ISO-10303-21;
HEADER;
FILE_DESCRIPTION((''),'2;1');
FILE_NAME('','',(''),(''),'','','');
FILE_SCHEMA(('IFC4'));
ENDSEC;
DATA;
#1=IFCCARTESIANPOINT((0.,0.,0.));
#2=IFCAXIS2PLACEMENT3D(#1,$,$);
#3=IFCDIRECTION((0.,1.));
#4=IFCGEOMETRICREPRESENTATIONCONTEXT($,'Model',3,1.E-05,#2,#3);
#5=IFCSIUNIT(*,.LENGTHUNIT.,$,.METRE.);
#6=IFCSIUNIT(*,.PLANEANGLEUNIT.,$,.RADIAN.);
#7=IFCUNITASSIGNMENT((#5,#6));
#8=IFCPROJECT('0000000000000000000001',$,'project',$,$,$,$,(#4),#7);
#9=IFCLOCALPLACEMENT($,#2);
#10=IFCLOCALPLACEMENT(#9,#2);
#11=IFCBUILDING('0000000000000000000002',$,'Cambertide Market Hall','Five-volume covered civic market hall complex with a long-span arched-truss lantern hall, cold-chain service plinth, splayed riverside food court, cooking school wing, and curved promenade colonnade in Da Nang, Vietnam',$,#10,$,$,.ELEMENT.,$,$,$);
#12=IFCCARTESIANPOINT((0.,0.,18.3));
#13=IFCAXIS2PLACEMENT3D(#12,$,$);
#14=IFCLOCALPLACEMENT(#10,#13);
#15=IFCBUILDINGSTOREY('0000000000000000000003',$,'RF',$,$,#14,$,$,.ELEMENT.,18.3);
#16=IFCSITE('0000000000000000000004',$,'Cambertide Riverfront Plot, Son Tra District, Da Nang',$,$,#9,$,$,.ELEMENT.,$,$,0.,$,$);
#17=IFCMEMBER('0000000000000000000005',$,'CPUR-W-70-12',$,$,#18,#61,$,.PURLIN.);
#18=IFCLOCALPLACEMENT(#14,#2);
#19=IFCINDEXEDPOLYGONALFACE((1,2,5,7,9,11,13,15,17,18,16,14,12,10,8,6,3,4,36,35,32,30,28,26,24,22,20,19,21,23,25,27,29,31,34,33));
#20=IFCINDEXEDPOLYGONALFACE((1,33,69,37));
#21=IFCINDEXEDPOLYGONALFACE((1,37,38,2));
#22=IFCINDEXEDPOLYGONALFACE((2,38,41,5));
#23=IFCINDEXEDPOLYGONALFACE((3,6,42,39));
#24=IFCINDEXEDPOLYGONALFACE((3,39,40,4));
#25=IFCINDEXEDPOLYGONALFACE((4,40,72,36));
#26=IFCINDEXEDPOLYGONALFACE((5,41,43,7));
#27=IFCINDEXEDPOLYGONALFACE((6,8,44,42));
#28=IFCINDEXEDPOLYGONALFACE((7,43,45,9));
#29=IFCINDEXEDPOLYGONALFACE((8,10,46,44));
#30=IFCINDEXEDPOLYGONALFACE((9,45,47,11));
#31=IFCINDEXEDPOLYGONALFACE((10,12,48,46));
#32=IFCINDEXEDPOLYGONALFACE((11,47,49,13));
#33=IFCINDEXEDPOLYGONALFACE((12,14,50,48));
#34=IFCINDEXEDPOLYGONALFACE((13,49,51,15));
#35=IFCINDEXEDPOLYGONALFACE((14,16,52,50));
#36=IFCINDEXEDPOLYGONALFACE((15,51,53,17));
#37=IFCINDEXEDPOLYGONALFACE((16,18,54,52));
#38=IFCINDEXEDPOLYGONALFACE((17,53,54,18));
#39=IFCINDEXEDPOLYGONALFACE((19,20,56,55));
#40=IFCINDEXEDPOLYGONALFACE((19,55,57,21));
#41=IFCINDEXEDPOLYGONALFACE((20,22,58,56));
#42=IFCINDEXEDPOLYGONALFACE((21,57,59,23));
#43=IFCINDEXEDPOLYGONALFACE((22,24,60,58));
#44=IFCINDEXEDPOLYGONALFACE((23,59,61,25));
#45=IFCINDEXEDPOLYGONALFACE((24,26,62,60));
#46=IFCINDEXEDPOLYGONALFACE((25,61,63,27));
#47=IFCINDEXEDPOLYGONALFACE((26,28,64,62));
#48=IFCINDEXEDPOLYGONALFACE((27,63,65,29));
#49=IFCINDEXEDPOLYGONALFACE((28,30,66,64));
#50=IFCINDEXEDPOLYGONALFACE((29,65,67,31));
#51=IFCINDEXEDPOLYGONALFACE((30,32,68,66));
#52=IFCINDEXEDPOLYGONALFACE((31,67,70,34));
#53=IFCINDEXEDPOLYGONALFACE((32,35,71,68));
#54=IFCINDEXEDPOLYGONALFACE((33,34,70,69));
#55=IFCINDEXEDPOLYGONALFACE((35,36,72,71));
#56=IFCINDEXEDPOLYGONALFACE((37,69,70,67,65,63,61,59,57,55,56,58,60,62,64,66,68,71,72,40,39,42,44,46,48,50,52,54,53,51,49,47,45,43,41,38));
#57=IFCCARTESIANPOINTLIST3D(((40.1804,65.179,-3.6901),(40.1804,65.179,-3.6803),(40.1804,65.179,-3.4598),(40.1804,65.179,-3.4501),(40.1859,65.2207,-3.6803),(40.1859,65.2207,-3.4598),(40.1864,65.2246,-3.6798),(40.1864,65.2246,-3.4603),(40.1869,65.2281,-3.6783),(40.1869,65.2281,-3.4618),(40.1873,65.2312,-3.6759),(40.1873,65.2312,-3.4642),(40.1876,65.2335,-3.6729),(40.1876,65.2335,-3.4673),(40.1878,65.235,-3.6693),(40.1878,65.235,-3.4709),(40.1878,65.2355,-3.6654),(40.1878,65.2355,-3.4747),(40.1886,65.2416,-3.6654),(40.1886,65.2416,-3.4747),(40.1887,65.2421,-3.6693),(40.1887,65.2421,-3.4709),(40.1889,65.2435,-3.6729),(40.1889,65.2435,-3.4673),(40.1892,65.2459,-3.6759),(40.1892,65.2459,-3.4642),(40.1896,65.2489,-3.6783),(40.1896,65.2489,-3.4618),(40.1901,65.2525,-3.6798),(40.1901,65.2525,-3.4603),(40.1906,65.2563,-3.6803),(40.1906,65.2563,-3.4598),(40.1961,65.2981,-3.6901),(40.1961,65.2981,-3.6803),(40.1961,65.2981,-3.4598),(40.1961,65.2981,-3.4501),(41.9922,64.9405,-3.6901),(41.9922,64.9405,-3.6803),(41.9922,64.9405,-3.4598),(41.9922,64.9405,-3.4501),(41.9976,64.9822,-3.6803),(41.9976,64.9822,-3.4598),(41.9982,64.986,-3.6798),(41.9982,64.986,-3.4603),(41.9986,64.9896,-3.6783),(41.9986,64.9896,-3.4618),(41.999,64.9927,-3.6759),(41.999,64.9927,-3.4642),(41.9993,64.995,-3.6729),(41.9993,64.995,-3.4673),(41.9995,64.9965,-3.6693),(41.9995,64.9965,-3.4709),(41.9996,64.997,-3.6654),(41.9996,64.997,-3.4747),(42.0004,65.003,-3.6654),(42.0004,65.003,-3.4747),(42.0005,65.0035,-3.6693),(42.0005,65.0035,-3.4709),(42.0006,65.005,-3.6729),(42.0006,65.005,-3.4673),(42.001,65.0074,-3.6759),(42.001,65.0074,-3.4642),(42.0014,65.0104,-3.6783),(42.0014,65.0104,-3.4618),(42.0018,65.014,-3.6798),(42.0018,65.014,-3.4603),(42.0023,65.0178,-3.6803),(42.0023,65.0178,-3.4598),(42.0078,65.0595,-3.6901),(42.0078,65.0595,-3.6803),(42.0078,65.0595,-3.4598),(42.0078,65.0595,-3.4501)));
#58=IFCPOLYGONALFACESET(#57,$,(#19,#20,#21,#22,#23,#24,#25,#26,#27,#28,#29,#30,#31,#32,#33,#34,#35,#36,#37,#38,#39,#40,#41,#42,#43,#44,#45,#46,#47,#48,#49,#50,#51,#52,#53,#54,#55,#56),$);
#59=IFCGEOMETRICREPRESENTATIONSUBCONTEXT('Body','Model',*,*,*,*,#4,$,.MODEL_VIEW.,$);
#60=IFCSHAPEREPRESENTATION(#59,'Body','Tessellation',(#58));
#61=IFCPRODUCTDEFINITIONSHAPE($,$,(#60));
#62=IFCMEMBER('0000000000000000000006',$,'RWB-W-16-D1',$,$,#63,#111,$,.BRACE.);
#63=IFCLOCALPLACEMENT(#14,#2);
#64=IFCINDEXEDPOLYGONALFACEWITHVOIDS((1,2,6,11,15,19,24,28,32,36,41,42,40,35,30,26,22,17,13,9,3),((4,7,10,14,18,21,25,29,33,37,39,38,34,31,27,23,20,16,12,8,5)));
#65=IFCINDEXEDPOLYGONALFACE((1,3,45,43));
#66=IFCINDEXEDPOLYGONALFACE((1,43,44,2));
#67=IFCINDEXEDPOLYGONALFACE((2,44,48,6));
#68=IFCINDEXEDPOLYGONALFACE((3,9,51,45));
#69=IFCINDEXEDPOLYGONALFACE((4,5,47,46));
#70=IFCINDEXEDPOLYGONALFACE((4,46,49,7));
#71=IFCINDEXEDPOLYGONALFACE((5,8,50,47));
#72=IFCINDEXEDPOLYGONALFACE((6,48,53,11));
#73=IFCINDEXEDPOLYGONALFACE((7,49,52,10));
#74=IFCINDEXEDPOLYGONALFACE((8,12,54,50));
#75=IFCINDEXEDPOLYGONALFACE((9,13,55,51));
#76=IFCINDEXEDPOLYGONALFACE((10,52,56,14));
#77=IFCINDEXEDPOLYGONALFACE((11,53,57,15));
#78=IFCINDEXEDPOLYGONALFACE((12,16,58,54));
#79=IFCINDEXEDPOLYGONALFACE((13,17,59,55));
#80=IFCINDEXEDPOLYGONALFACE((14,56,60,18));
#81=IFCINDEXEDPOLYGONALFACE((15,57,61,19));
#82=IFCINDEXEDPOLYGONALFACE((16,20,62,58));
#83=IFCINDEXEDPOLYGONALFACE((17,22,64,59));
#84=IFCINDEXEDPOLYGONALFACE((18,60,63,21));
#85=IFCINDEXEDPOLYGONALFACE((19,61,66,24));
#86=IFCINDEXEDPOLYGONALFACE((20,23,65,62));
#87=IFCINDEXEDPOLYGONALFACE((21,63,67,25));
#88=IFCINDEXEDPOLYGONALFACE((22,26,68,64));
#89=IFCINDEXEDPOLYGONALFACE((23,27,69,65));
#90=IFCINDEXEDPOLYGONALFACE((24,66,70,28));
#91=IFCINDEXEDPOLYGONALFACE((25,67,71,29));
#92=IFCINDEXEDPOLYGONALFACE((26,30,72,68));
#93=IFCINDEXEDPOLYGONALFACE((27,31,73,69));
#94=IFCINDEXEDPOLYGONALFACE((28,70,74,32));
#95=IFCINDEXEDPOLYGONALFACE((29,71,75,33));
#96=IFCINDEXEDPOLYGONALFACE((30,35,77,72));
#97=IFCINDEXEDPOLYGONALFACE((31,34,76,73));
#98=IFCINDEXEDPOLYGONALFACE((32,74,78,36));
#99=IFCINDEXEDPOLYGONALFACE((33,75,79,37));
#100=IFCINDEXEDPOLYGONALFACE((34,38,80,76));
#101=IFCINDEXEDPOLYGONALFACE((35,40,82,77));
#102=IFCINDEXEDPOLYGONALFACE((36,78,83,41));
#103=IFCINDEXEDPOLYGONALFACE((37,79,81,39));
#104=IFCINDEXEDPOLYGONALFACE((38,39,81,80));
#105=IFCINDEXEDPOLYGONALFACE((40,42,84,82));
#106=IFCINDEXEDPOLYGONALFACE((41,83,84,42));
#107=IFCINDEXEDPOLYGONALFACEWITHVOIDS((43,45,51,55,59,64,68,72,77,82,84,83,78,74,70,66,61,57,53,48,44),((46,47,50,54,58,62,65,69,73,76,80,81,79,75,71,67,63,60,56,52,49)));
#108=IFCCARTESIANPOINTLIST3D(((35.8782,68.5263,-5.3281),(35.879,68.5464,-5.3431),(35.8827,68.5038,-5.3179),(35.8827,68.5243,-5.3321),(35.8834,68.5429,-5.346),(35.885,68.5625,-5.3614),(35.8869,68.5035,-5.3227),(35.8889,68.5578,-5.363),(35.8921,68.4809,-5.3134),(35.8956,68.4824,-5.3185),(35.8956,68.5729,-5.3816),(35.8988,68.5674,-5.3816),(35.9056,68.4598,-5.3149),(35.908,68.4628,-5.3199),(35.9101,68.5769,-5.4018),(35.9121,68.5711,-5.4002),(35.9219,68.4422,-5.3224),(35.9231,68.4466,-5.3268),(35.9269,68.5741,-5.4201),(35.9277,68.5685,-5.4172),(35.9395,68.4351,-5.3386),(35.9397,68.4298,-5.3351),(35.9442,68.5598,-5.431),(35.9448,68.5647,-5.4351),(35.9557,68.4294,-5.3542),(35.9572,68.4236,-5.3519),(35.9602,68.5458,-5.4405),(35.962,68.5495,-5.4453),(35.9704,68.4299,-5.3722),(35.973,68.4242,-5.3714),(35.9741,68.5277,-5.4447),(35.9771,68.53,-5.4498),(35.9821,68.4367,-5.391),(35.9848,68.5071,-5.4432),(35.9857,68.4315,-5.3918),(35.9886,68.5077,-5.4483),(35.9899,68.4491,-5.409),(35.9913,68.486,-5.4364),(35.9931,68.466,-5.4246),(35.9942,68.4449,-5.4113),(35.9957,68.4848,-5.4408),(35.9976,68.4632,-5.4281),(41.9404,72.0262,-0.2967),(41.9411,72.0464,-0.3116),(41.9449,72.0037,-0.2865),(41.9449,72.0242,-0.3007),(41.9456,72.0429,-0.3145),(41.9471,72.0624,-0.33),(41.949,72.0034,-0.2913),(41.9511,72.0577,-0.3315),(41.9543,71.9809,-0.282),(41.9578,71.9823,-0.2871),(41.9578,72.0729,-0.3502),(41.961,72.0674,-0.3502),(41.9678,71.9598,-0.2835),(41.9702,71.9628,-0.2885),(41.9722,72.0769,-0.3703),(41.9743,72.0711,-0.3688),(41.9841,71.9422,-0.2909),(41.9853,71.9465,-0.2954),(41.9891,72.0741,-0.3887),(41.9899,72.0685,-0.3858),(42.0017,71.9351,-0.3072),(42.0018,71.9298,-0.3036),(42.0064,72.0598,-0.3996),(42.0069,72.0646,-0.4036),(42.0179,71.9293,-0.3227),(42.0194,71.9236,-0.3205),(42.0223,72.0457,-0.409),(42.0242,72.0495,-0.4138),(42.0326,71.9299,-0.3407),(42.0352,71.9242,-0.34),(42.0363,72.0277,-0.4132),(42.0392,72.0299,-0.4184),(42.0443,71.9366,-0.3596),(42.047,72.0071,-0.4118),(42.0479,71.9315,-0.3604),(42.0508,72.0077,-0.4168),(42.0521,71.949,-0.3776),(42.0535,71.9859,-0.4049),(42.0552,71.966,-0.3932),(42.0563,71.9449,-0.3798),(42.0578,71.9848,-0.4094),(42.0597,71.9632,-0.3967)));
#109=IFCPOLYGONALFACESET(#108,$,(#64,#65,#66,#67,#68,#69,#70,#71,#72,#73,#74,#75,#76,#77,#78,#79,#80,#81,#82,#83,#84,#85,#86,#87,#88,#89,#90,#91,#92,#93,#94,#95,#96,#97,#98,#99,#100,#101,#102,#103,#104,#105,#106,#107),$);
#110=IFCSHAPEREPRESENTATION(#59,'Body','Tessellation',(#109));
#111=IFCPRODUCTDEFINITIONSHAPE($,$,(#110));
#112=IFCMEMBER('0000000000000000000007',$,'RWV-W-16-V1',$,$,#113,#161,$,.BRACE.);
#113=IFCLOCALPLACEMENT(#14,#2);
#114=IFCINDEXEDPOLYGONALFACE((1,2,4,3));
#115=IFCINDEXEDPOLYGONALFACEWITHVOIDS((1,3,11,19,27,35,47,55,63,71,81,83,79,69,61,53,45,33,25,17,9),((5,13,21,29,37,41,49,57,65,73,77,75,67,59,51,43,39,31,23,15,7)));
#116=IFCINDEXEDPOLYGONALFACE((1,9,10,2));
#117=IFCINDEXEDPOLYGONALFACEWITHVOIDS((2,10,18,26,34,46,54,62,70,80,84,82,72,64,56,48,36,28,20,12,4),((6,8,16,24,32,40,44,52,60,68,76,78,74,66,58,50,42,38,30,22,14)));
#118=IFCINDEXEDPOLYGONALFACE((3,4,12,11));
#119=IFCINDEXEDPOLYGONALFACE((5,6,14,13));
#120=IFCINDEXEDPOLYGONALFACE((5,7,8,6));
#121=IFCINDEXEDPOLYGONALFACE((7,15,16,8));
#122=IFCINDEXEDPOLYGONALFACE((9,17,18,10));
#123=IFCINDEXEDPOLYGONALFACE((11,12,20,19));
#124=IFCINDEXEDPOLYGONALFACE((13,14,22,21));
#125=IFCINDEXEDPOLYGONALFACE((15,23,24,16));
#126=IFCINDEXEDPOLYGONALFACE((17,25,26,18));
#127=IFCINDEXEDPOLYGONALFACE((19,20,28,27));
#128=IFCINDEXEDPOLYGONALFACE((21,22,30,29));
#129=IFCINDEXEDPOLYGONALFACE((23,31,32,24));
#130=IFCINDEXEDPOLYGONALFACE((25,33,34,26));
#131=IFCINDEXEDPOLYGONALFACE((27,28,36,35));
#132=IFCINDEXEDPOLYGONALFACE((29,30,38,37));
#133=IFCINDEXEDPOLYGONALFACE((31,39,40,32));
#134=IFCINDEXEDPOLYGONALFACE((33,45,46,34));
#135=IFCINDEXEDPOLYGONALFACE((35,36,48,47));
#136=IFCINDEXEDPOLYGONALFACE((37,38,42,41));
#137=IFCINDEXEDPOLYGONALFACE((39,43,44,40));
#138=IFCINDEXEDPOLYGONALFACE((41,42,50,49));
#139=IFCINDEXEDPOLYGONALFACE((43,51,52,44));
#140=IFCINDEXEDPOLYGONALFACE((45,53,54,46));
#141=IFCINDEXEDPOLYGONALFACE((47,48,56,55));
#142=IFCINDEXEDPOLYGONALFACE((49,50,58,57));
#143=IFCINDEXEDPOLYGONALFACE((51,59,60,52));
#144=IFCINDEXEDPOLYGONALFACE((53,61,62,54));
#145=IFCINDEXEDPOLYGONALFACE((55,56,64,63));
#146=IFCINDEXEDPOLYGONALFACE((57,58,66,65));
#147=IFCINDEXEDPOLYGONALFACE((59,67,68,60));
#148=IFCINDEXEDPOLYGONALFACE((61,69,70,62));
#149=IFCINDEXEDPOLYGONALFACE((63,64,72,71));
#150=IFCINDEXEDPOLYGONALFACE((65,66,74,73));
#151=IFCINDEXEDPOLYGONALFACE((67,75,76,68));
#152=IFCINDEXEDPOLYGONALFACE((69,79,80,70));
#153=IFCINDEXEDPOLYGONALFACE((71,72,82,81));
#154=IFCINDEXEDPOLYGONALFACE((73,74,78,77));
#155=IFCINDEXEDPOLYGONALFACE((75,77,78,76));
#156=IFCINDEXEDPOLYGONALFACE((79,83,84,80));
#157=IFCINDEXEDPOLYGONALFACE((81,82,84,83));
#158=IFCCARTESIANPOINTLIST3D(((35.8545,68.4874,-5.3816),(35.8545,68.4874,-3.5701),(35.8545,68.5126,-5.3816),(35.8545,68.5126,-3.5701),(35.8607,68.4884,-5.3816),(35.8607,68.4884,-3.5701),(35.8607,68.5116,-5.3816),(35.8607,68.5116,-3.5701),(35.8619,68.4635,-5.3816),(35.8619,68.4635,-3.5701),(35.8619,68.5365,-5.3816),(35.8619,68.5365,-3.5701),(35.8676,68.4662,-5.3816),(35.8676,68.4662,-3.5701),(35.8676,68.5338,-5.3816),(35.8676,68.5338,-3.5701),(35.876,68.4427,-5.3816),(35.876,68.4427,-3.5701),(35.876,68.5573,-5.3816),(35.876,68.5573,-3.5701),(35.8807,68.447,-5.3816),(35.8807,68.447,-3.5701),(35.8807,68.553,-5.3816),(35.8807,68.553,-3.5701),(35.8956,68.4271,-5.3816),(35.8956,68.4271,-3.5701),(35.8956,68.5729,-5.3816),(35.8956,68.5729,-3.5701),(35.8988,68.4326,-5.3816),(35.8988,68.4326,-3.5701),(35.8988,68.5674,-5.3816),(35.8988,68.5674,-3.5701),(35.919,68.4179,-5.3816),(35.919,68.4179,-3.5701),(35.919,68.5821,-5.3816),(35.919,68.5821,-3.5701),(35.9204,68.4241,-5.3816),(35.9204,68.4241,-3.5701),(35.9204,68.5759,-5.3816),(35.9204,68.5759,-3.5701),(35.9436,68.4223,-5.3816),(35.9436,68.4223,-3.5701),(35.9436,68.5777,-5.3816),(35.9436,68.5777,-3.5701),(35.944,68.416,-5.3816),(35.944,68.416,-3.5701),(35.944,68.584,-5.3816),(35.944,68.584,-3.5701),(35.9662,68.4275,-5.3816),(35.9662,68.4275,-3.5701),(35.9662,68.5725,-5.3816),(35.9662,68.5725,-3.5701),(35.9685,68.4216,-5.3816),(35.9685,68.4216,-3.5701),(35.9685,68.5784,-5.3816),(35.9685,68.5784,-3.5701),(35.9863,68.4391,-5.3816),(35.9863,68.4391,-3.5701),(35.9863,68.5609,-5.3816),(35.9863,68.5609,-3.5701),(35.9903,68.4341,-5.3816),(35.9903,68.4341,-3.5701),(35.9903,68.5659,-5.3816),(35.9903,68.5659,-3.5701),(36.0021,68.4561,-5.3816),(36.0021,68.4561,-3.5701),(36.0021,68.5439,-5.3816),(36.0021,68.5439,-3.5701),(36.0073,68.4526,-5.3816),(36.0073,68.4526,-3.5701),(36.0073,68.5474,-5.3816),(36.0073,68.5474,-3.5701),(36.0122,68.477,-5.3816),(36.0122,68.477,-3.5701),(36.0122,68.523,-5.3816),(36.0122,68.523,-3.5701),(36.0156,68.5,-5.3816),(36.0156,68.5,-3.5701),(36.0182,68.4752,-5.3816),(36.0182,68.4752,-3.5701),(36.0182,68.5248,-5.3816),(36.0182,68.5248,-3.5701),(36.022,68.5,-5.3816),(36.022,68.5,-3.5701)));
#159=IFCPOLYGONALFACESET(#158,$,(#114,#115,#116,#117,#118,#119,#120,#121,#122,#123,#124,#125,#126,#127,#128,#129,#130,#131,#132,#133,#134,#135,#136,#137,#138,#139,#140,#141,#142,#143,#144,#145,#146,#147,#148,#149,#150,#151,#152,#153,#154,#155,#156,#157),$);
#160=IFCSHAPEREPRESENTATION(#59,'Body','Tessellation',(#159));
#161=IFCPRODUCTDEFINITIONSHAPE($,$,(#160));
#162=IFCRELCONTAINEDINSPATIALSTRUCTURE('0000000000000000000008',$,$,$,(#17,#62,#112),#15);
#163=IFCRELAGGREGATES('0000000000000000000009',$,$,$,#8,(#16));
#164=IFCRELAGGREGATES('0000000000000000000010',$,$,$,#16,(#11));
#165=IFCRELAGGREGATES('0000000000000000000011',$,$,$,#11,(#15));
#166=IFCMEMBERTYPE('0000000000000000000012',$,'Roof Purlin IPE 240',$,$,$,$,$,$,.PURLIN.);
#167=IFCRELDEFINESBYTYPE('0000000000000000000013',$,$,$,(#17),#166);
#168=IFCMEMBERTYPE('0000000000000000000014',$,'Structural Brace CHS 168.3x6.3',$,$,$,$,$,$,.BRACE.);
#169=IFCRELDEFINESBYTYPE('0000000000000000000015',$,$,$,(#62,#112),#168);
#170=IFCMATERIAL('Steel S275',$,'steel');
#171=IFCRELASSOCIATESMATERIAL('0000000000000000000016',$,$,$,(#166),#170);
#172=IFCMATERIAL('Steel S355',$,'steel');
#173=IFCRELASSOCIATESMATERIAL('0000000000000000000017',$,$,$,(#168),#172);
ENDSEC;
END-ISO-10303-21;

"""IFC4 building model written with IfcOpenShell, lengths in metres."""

from ifc_helpers import new_model, si_unit, direction, frame, origin, origin_2d, place, context, subcontext, project, spatial, hollow_circle, i_section, extrude, material, material_profile, profile_set, type_object, element, save


model = new_model("IFC4")

# Units and contexts
model_context = context("Model", 3, precision=1e-05, world=origin(), true_north=direction((0.0, 1.0)))
body_context = subcontext(model_context, "Body", "Model", "MODEL_VIEW")
ifc_project = project(units=[si_unit("LENGTHUNIT", "METRE"), si_unit("PLANEANGLEUNIT", "RADIAN")], contexts=[model_context])

# Site, building, storey
site_placement = place(None, origin())
site = spatial("IfcSite", under=ifc_project, at=site_placement, Name="Cambertide Riverfront Plot, Son Tra District, Da Nang", CompositionType="ELEMENT", RefElevation=0.0)
building_placement = place(site_placement, origin())
building = spatial("IfcBuilding", under=site, at=building_placement, Name="Cambertide Market Hall", Description="Five-volume covered civic market hall complex with a long-span arched-truss lantern hall, cold-chain service plinth, splayed riverside food court, cooking school wing, and curved promenade colonnade in Da Nang, Vietnam", CompositionType="ELEMENT")
storey_placement = place(building_placement, frame((0.0, 0.0, 18.3)))
storey = spatial("IfcBuildingStorey", under=building, at=storey_placement, Name="RF", CompositionType="ELEMENT", Elevation=18.3)

# Members
ifc_material_1 = material(Name="Steel S275", Category="steel")
ifc_material_profile_1 = material_profile(ifc_material_1, i_section(OverallWidth=0.1201, OverallDepth=0.24, WebThickness=0.0061, FlangeThickness=0.0098, FilletRadius=0.0149, at=origin_2d()), Name="IPE 240")
ifc_profile_set_1 = profile_set([ifc_material_profile_1], Name="Steel S275")
member_type_1 = type_object("IfcMemberType", Name="Roof Purlin IPE 240", PredefinedType="PURLIN", material=ifc_profile_set_1)
for number, where, z_axis, x_axis, name in (
    (1, (40.1882, 65.2385, -3.5701), (0.991445, -0.130527, 0.0), (0.130527, 0.991445, 0.0), "CPUR-W-70-12"),
):
    element("IfcMember", number, at=place(storey_placement, frame(where, z_axis=z_axis, x_axis=x_axis)), inside=storey, type_object=member_type_1, Name=name, PredefinedType="PURLIN", context=body_context, shape_type="SweptSolid", body=[
        extrude(i_section(OverallWidth=0.1201, OverallDepth=0.24, WebThickness=0.0061, FlangeThickness=0.0098, FilletRadius=0.0149, at=origin_2d()), origin(), (0.0, 0.0, 1.0), 1.8274),
    ])
ifc_material_2 = material(Name="Steel S355", Category="steel")
ifc_material_profile_2 = material_profile(ifc_material_2, hollow_circle(Radius=0.0842, WallThickness=0.0063, at=origin_2d()), Name="CHS 168.3x6.3")
ifc_profile_set_2 = profile_set([ifc_material_profile_2], Name="Steel S355")
member_type_2 = type_object("IfcMemberType", Name="Structural Brace CHS 168.3x6.3", PredefinedType="BRACE", material=ifc_profile_set_2)
member_1_placement = place(storey_placement, frame((35.9377, 68.5, -5.3816), z_axis=(0.703219, 0.405998, 0.583651), x_axis=(-0.499995, 0.866028, 0.0)))
element("IfcMember", 2, at=member_1_placement, inside=storey, type_object=member_type_2, Name="RWB-W-16-D1", PredefinedType="BRACE", context=body_context, shape_type="SweptSolid", body=[
    extrude(hollow_circle(Radius=0.0842, WallThickness=0.0063, at=origin_2d()), origin(), (0.0, 0.0, 1.0), 8.6206),
])
member_2_placement = place(storey_placement, frame((35.9377, 68.5, -5.3816), z_axis=(0.0, 0.0, 1.0), x_axis=(1.0, 0.0, 0.0)))
element("IfcMember", 3, at=member_2_placement, inside=storey, type_object=member_type_2, Name="RWV-W-16-V1", PredefinedType="BRACE", context=body_context, shape_type="SweptSolid", body=[
    extrude(hollow_circle(Radius=0.0842, WallThickness=0.0063, at=origin_2d()), origin(), (0.0, 0.0, 1.0), 1.8115),
])

save(model, "model.ifc")
